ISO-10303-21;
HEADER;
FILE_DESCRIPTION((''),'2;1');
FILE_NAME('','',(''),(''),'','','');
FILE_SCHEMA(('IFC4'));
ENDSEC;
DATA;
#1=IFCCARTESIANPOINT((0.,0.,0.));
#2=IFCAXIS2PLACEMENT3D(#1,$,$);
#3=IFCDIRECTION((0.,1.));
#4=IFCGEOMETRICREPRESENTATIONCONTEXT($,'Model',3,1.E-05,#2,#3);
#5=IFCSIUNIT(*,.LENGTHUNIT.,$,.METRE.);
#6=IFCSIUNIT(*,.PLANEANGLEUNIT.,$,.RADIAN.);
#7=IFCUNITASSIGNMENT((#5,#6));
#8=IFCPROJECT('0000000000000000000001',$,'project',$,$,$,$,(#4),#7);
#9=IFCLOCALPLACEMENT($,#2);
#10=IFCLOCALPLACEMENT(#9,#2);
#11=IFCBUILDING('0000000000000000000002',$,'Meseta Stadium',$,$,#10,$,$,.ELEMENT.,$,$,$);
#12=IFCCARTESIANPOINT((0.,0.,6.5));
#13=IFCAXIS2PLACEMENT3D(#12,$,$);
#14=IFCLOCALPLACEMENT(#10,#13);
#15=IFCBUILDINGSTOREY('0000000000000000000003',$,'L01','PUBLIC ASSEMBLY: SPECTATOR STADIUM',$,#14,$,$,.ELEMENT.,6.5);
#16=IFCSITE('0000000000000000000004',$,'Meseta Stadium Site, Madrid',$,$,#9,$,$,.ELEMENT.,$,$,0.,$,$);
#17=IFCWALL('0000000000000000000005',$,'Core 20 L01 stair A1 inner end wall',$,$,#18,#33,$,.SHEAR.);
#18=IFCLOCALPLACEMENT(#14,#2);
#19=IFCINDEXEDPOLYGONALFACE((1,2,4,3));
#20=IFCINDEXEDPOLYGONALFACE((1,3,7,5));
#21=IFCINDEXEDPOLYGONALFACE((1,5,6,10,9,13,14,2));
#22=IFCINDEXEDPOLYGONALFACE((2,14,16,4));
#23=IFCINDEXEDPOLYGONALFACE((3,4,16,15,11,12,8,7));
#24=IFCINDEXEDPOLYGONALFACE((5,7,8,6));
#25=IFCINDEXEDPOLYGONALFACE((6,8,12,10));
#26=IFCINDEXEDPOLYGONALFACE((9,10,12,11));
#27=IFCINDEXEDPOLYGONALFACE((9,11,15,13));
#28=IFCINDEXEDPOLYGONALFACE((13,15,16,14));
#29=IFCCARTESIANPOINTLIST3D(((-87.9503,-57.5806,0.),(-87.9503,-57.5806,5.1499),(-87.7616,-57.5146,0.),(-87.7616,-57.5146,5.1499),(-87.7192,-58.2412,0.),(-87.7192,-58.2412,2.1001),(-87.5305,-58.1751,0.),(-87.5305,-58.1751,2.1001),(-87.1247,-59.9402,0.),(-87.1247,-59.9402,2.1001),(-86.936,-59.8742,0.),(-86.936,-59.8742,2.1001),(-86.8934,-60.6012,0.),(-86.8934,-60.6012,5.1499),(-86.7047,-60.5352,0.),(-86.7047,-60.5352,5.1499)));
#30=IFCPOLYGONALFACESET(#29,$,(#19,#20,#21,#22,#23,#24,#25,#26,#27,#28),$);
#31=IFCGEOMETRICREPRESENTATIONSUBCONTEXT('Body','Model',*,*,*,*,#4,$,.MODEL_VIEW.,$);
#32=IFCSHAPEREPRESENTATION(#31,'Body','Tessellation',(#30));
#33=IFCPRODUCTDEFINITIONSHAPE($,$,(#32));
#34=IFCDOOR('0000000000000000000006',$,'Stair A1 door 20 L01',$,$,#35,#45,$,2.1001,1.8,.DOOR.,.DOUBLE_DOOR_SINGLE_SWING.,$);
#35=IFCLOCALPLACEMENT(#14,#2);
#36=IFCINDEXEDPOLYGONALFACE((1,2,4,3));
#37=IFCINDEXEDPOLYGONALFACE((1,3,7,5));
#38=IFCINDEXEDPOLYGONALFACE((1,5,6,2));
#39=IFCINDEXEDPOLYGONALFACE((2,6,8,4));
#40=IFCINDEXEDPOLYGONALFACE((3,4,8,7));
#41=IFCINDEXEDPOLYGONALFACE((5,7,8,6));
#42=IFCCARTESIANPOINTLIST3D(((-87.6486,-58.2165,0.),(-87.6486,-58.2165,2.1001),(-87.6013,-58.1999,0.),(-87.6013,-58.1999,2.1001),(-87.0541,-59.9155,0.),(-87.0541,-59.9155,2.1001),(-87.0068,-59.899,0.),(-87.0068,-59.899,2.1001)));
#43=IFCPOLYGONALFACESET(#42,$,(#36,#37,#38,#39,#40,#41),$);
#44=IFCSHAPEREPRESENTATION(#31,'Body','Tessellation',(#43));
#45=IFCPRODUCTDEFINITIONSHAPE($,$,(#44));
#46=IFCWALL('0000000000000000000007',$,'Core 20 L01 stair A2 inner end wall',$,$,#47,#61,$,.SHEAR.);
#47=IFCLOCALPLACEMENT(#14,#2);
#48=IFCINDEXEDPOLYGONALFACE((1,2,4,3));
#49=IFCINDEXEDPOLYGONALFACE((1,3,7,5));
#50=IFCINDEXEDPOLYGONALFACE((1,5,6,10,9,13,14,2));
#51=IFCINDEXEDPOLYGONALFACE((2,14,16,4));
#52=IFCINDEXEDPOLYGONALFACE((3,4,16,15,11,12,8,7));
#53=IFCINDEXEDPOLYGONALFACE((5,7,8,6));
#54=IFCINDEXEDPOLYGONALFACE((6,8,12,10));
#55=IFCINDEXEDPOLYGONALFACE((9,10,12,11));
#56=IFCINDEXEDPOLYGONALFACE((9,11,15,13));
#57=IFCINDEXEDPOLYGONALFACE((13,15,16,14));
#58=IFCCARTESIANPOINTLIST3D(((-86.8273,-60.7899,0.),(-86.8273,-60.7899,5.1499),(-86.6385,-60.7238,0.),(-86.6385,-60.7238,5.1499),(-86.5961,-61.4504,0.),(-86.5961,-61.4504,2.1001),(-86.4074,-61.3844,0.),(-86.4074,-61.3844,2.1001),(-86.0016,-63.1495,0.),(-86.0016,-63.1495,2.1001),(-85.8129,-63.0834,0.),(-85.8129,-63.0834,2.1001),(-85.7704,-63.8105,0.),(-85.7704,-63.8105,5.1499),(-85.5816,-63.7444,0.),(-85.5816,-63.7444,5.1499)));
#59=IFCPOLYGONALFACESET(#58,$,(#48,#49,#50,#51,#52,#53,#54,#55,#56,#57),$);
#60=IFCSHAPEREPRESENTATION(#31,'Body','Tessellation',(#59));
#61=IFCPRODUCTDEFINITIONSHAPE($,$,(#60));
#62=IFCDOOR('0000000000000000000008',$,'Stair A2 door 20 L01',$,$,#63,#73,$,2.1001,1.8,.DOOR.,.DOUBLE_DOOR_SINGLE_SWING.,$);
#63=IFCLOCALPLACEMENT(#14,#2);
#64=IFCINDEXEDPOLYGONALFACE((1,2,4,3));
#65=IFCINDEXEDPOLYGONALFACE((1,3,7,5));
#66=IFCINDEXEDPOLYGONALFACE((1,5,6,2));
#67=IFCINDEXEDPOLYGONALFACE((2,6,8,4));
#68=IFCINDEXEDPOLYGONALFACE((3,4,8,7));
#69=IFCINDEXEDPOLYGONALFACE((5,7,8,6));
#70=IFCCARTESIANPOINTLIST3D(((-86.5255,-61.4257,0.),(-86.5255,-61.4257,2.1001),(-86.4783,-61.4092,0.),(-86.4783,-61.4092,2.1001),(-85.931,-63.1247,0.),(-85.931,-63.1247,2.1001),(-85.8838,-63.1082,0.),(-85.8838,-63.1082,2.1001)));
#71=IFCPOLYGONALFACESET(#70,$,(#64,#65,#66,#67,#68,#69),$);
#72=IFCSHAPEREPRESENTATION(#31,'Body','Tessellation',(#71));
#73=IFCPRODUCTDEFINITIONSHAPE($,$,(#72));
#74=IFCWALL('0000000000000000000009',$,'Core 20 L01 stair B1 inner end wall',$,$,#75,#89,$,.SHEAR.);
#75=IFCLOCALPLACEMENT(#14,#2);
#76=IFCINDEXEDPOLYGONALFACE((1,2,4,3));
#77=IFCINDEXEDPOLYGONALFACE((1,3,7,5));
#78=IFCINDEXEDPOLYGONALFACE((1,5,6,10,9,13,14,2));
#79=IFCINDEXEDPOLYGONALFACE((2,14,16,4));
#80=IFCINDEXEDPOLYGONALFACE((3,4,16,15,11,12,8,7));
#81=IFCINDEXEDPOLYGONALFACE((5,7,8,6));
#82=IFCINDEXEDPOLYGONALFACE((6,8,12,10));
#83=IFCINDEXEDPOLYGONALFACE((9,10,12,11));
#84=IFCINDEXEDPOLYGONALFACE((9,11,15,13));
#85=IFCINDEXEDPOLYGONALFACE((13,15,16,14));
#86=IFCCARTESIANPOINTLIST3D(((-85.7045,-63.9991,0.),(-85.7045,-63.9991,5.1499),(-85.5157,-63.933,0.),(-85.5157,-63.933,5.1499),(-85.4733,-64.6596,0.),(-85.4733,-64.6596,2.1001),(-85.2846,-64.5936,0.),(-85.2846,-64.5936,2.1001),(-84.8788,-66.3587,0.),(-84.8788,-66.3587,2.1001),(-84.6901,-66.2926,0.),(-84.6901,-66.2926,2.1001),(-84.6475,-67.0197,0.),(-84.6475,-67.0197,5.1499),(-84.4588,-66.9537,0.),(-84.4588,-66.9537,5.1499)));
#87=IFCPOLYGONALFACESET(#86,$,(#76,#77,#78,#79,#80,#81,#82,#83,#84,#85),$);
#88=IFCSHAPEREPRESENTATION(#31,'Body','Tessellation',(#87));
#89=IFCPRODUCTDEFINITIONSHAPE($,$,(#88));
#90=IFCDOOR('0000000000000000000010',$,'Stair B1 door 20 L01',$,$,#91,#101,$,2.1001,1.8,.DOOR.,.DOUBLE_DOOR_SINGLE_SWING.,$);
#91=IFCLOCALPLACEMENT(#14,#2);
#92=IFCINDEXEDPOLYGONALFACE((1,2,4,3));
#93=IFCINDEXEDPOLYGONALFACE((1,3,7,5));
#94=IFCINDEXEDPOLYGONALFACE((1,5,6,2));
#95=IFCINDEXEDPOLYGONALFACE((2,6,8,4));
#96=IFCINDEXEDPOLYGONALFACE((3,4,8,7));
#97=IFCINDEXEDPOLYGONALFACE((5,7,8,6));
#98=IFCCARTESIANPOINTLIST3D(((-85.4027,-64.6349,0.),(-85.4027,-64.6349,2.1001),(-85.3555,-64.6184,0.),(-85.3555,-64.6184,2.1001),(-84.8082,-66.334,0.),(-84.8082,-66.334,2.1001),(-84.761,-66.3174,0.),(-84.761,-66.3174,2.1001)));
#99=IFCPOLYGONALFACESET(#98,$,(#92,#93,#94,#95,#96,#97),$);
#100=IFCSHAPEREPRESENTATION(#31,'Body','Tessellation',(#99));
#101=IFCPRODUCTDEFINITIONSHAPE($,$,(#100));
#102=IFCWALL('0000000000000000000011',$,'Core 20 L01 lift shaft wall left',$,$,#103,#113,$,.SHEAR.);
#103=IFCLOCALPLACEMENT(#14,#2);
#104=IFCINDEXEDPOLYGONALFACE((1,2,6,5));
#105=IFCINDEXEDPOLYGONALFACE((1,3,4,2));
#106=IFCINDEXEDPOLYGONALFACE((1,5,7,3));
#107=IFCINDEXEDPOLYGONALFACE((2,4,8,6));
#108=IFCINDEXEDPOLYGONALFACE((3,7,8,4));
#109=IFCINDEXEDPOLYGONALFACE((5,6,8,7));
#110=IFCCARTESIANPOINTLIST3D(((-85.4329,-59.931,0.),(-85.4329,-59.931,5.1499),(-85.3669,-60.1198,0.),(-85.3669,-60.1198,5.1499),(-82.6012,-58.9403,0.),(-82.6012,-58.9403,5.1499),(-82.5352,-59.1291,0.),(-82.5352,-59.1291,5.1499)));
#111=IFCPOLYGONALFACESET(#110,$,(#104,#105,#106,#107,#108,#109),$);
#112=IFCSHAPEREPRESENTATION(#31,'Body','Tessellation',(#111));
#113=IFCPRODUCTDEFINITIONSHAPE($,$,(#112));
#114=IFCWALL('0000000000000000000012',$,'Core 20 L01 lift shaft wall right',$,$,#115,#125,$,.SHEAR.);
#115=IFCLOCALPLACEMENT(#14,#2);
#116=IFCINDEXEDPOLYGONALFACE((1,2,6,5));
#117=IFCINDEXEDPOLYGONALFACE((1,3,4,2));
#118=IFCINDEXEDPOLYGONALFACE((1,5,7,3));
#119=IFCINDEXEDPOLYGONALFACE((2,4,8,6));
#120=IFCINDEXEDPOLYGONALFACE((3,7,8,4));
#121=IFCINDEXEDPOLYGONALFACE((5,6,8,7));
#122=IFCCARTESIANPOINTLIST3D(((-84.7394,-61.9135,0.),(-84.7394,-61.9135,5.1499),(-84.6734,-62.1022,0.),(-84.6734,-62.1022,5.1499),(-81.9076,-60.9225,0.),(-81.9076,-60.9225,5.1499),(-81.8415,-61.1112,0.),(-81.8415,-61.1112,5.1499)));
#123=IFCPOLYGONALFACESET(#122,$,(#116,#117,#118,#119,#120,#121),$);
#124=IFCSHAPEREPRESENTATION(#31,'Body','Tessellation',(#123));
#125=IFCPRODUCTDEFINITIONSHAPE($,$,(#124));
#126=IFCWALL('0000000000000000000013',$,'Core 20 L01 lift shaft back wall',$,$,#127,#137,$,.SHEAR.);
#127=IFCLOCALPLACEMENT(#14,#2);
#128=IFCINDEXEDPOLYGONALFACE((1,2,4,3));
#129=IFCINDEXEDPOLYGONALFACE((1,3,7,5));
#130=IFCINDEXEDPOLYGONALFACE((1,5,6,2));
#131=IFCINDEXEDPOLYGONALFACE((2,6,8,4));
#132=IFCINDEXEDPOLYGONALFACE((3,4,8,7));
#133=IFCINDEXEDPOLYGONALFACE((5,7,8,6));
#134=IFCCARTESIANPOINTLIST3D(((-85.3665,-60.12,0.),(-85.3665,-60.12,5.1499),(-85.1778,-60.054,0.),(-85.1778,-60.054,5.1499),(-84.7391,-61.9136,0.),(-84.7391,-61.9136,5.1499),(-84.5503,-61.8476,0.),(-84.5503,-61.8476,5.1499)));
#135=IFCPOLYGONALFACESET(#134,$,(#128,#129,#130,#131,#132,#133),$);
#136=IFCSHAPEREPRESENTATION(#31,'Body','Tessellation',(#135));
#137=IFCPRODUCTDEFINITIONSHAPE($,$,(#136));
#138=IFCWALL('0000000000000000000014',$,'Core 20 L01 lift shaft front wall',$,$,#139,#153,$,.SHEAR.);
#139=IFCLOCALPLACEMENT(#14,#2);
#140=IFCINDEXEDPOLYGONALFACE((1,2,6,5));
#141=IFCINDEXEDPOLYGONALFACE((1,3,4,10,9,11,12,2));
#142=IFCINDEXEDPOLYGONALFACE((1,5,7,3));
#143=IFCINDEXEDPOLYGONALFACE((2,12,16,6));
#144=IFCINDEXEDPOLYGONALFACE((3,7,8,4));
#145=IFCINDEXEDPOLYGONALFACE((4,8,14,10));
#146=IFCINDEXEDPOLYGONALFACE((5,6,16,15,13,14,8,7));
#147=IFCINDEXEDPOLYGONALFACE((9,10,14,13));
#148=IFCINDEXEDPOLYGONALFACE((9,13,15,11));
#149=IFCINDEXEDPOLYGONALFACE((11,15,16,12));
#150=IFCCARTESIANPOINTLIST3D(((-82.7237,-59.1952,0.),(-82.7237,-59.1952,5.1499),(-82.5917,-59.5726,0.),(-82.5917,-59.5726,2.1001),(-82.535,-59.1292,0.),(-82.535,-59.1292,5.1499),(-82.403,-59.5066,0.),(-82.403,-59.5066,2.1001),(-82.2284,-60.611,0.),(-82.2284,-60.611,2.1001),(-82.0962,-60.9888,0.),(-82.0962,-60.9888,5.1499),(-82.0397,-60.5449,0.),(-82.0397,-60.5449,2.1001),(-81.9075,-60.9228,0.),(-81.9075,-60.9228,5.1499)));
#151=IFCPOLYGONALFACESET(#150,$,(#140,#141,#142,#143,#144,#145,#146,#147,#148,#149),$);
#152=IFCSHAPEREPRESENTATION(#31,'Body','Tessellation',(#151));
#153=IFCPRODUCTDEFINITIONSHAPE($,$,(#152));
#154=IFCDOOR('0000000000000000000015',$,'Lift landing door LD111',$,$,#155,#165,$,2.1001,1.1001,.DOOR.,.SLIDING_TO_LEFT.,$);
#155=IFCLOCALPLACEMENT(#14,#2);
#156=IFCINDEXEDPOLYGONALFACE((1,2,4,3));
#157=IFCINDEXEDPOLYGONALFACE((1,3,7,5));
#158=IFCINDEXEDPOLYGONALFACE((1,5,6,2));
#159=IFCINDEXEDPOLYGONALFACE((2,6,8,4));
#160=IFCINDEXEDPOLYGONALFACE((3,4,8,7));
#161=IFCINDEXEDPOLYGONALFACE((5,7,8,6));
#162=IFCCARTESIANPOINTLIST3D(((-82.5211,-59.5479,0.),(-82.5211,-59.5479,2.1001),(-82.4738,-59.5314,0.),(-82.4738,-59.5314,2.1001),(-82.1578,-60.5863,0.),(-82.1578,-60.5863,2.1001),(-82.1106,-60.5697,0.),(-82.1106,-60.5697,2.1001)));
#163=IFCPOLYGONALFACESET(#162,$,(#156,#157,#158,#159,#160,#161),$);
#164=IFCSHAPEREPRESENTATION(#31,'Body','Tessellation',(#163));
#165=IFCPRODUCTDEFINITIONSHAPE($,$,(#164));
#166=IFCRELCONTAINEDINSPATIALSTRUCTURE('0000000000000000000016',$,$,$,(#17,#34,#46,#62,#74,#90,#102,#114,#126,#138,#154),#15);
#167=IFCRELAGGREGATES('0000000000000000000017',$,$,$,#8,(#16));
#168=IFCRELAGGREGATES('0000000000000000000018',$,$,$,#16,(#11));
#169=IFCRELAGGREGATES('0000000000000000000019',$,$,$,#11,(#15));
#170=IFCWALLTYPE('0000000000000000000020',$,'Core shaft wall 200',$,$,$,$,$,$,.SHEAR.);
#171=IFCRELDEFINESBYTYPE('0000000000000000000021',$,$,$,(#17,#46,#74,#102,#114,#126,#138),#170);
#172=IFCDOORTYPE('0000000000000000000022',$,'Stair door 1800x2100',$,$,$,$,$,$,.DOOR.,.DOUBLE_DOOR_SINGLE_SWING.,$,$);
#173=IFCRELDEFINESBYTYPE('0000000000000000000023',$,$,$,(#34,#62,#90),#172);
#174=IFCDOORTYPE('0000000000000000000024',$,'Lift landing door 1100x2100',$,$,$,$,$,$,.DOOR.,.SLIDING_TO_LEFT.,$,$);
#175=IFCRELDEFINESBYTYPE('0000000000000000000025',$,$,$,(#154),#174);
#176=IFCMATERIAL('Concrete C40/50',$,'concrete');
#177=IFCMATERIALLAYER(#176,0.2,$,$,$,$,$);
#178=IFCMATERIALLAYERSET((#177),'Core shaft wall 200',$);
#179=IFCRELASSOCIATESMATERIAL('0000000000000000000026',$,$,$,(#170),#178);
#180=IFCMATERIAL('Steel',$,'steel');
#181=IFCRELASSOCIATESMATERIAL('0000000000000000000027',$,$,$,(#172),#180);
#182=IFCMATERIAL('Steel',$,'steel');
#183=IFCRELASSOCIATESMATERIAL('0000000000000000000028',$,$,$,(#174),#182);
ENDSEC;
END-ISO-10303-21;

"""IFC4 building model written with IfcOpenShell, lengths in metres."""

from ifc_helpers import new_model, si_unit, direction, frame, frame_2d, origin, place, context, subcontext, project, spatial, rectangle, extrude, material, layer, layer_set, type_object, element, fill, save


model = new_model("IFC4")

# Units and contexts
model_context = context("Model", 3, precision=1e-05, world=origin(), true_north=direction((0.0, 1.0)))
body_context = subcontext(model_context, "Body", "Model", "MODEL_VIEW")
ifc_project = project(units=[si_unit("LENGTHUNIT", "METRE"), si_unit("PLANEANGLEUNIT", "RADIAN")], contexts=[model_context])

# Site, building, storey
site_placement = place(None, origin())
site = spatial("IfcSite", under=ifc_project, at=site_placement, Name="Meseta Stadium Site, Madrid", CompositionType="ELEMENT", RefElevation=0.0)
building_placement = place(site_placement, origin())
building = spatial("IfcBuilding", under=site, at=building_placement, Name="Meseta Stadium", CompositionType="ELEMENT")
storey_placement = place(building_placement, frame((0.0, 0.0, 6.5)))
storey = spatial("IfcBuildingStorey", under=building, at=storey_placement, Name="L01", Description="PUBLIC ASSEMBLY: SPECTATOR STADIUM", CompositionType="ELEMENT", Elevation=6.5)

# Walls, openings, doors
ifc_material_1 = material(Name="Concrete C40/50", Category="concrete")
ifc_layer = layer(ifc_material_1, 0.2)
ifc_layer_set = layer_set([ifc_layer], Name="Core shaft wall 200")
wall_type = type_object("IfcWallType", Name="Core shaft wall 200", PredefinedType="SHEAR", material=ifc_layer_set)
wall_1_placement = place(storey_placement, frame((-87.856, -57.5476, 0.0), z_axis=(0.0, 0.0, 1.0), x_axis=(0.330269, -0.943887, 0.0)))
wall_1 = element("IfcWall", 1, at=wall_1_placement, inside=storey, type_object=wall_type, Name="Core 20 L01 stair A1 inner end wall", PredefinedType="SHEAR", context=body_context, shape_type="SweptSolid", body=[
    extrude(rectangle(XDim=3.2002, YDim=0.2, at=frame_2d((1.6001, 0.0))), origin(), (0.0, 0.0, 1.0), 5.1499),
])
opening_1_placement = place(wall_1_placement, frame((0.7, 0.0, 0.0)))
opening_1 = element("IfcOpeningElement", 2, at=opening_1_placement, cuts=wall_1, PredefinedType="OPENING", context=body_context, shape_type="SweptSolid", body=[
    extrude(rectangle(XDim=1.8, YDim=2.1001, at=frame_2d((0.8999, 1.05))), frame((0.0, 0.1099, 0.0), z_axis=(0.0, -1.0, 0.0), x_axis=(1.0, 0.0, 0.0)), (0.0, 0.0, 1.0), 0.22),
])
ifc_material_2 = material(Name="Steel", Category="steel")
door_type_1 = type_object("IfcDoorType", Name="Stair door 1800x2100", OperationType="DOUBLE_DOOR_SINGLE_SWING", PredefinedType="DOOR", material=ifc_material_2)
door_1_placement = place(opening_1_placement, origin())
door_1 = element("IfcDoor", 3, at=door_1_placement, inside=storey, type_object=door_type_1, Name="Stair A1 door 20 L01", OperationType="DOUBLE_DOOR_SINGLE_SWING", OverallHeight=2.1001, OverallWidth=1.8, PredefinedType="DOOR", context=body_context, shape_type="SweptSolid", body=[
    extrude(rectangle(XDim=1.8, YDim=2.1001, at=frame_2d((0.8999, 1.05))), frame((0.0, 0.0249, 0.0), z_axis=(0.0, -1.0, 0.0), x_axis=(1.0, 0.0, 0.0)), (0.0, 0.0, 1.0), 0.05),
])
fill(opening_1, door_1)
wall_2_placement = place(storey_placement, frame((-86.7329, -60.7568, 0.0), z_axis=(0.0, 0.0, 1.0), x_axis=(0.330269, -0.943887, 0.0)))
wall_2 = element("IfcWall", 4, at=wall_2_placement, inside=storey, type_object=wall_type, Name="Core 20 L01 stair A2 inner end wall", PredefinedType="SHEAR", context=body_context, shape_type="SweptSolid", body=[
    extrude(rectangle(XDim=3.2002, YDim=0.2, at=frame_2d((1.6001, 0.0))), origin(), (0.0, 0.0, 1.0), 5.1499),
])
opening_2_placement = place(wall_2_placement, frame((0.7, 0.0, 0.0)))
opening_2 = element("IfcOpeningElement", 5, at=opening_2_placement, cuts=wall_2, PredefinedType="OPENING", context=body_context, shape_type="SweptSolid", body=[
    extrude(rectangle(XDim=1.8, YDim=2.1001, at=frame_2d((0.8999, 1.05))), frame((0.0, 0.1099, 0.0), z_axis=(0.0, -1.0, 0.0), x_axis=(1.0, 0.0, 0.0)), (0.0, 0.0, 1.0), 0.22),
])
door_2_placement = place(opening_2_placement, origin())
door_2 = element("IfcDoor", 6, at=door_2_placement, inside=storey, type_object=door_type_1, Name="Stair A2 door 20 L01", OperationType="DOUBLE_DOOR_SINGLE_SWING", OverallHeight=2.1001, OverallWidth=1.8, PredefinedType="DOOR", context=body_context, shape_type="SweptSolid", body=[
    extrude(rectangle(XDim=1.8, YDim=2.1001, at=frame_2d((0.8999, 1.05))), frame((0.0, 0.0249, 0.0), z_axis=(0.0, -1.0, 0.0), x_axis=(1.0, 0.0, 0.0)), (0.0, 0.0, 1.0), 0.05),
])
fill(opening_2, door_2)
wall_3_placement = place(storey_placement, frame((-85.6101, -63.9661, 0.0), z_axis=(0.0, 0.0, 1.0), x_axis=(0.330269, -0.943887, 0.0)))
wall_3 = element("IfcWall", 7, at=wall_3_placement, inside=storey, type_object=wall_type, Name="Core 20 L01 stair B1 inner end wall", PredefinedType="SHEAR", context=body_context, shape_type="SweptSolid", body=[
    extrude(rectangle(XDim=3.2002, YDim=0.2, at=frame_2d((1.6001, 0.0))), origin(), (0.0, 0.0, 1.0), 5.1499),
])
opening_3_placement = place(wall_3_placement, frame((0.7, 0.0, 0.0)))
opening_3 = element("IfcOpeningElement", 8, at=opening_3_placement, cuts=wall_3, PredefinedType="OPENING", context=body_context, shape_type="SweptSolid", body=[
    extrude(rectangle(XDim=1.8, YDim=2.1001, at=frame_2d((0.8999, 1.05))), frame((0.0, 0.1099, 0.0), z_axis=(0.0, -1.0, 0.0), x_axis=(1.0, 0.0, 0.0)), (0.0, 0.0, 1.0), 0.22),
])
door_3_placement = place(opening_3_placement, origin())
door_3 = element("IfcDoor", 9, at=door_3_placement, inside=storey, type_object=door_type_1, Name="Stair B1 door 20 L01", OperationType="DOUBLE_DOOR_SINGLE_SWING", OverallHeight=2.1001, OverallWidth=1.8, PredefinedType="DOOR", context=body_context, shape_type="SweptSolid", body=[
    extrude(rectangle(XDim=1.8, YDim=2.1001, at=frame_2d((0.8999, 1.05))), frame((0.0, 0.0249, 0.0), z_axis=(0.0, -1.0, 0.0), x_axis=(1.0, 0.0, 0.0)), (0.0, 0.0, 1.0), 0.05),
])
fill(opening_3, door_3)

# Walls
wall_4_placement = place(storey_placement, frame((-85.3999, -60.0254, 0.0), z_axis=(0.0, 0.0, 1.0), x_axis=(0.9439, 0.330231, 0.0)))
element("IfcWall", 10, at=wall_4_placement, inside=storey, type_object=wall_type, Name="Core 20 L01 lift shaft wall left", PredefinedType="SHEAR", context=body_context, shape_type="SweptSolid", body=[
    extrude(rectangle(XDim=3.0, YDim=0.2, at=frame_2d((1.5, 0.0))), origin(), (0.0, 0.0, 1.0), 5.1499),
])
wall_5_placement = place(storey_placement, frame((-84.7063, -62.0078, 0.0), z_axis=(0.0, 0.0, 1.0), x_axis=(0.943875, 0.330303, 0.0)))
element("IfcWall", 11, at=wall_5_placement, inside=storey, type_object=wall_type, Name="Core 20 L01 lift shaft wall right", PredefinedType="SHEAR", context=body_context, shape_type="SweptSolid", body=[
    extrude(rectangle(XDim=3.0002, YDim=0.2, at=frame_2d((1.5, 0.0))), origin(), (0.0, 0.0, 1.0), 5.1499),
])
wall_6_placement = place(storey_placement, frame((-85.2722, -60.0869, 0.0), z_axis=(0.0, 0.0, 1.0), x_axis=(0.330225, -0.943902, 0.0)))
element("IfcWall", 12, at=wall_6_placement, inside=storey, type_object=wall_type, Name="Core 20 L01 lift shaft back wall", PredefinedType="SHEAR", context=body_context, shape_type="SweptSolid", body=[
    extrude(rectangle(XDim=1.9001, YDim=0.2, at=frame_2d((0.9502, 0.0))), origin(), (0.0, 0.0, 1.0), 5.1499),
])

# Wall, opening, door
wall_7_placement = place(storey_placement, frame((-82.6294, -59.1621, 0.0), z_axis=(0.0, 0.0, 1.0), x_axis=(0.330225, -0.943902, 0.0)))
wall_7 = element("IfcWall", 13, at=wall_7_placement, inside=storey, type_object=wall_type, Name="Core 20 L01 lift shaft front wall", PredefinedType="SHEAR", context=body_context, shape_type="SweptSolid", body=[
    extrude(rectangle(XDim=1.9001, YDim=0.2, at=frame_2d((0.9502, 0.0))), origin(), (0.0, 0.0, 1.0), 5.1499),
])
opening_4_placement = place(wall_7_placement, frame((0.3999, 0.0, 0.0)))
opening_4 = element("IfcOpeningElement", 14, at=opening_4_placement, cuts=wall_7, PredefinedType="OPENING", context=body_context, shape_type="SweptSolid", body=[
    extrude(rectangle(XDim=1.1001, YDim=2.1001, at=frame_2d((0.55, 1.05))), frame((0.0, 0.1099, 0.0), z_axis=(0.0, -1.0, 0.0), x_axis=(1.0, 0.0, 0.0)), (0.0, 0.0, 1.0), 0.22),
])
ifc_material_3 = material(Name="Steel", Category="steel")
door_type_2 = type_object("IfcDoorType", Name="Lift landing door 1100x2100", OperationType="SLIDING_TO_LEFT", PredefinedType="DOOR", material=ifc_material_3)
door_4_placement = place(opening_4_placement, origin())
door_4 = element("IfcDoor", 15, at=door_4_placement, inside=storey, type_object=door_type_2, Name="Lift landing door LD111", OperationType="SLIDING_TO_LEFT", OverallHeight=2.1001, OverallWidth=1.1001, PredefinedType="DOOR", context=body_context, shape_type="SweptSolid", body=[
    extrude(rectangle(XDim=1.1001, YDim=2.1001, at=frame_2d((0.55, 1.05))), frame((0.0, 0.0249, 0.0), z_axis=(0.0, -1.0, 0.0), x_axis=(1.0, 0.0, 0.0)), (0.0, 0.0, 1.0), 0.05),
])
fill(opening_4, door_4)

save(model, "model.ifc")
